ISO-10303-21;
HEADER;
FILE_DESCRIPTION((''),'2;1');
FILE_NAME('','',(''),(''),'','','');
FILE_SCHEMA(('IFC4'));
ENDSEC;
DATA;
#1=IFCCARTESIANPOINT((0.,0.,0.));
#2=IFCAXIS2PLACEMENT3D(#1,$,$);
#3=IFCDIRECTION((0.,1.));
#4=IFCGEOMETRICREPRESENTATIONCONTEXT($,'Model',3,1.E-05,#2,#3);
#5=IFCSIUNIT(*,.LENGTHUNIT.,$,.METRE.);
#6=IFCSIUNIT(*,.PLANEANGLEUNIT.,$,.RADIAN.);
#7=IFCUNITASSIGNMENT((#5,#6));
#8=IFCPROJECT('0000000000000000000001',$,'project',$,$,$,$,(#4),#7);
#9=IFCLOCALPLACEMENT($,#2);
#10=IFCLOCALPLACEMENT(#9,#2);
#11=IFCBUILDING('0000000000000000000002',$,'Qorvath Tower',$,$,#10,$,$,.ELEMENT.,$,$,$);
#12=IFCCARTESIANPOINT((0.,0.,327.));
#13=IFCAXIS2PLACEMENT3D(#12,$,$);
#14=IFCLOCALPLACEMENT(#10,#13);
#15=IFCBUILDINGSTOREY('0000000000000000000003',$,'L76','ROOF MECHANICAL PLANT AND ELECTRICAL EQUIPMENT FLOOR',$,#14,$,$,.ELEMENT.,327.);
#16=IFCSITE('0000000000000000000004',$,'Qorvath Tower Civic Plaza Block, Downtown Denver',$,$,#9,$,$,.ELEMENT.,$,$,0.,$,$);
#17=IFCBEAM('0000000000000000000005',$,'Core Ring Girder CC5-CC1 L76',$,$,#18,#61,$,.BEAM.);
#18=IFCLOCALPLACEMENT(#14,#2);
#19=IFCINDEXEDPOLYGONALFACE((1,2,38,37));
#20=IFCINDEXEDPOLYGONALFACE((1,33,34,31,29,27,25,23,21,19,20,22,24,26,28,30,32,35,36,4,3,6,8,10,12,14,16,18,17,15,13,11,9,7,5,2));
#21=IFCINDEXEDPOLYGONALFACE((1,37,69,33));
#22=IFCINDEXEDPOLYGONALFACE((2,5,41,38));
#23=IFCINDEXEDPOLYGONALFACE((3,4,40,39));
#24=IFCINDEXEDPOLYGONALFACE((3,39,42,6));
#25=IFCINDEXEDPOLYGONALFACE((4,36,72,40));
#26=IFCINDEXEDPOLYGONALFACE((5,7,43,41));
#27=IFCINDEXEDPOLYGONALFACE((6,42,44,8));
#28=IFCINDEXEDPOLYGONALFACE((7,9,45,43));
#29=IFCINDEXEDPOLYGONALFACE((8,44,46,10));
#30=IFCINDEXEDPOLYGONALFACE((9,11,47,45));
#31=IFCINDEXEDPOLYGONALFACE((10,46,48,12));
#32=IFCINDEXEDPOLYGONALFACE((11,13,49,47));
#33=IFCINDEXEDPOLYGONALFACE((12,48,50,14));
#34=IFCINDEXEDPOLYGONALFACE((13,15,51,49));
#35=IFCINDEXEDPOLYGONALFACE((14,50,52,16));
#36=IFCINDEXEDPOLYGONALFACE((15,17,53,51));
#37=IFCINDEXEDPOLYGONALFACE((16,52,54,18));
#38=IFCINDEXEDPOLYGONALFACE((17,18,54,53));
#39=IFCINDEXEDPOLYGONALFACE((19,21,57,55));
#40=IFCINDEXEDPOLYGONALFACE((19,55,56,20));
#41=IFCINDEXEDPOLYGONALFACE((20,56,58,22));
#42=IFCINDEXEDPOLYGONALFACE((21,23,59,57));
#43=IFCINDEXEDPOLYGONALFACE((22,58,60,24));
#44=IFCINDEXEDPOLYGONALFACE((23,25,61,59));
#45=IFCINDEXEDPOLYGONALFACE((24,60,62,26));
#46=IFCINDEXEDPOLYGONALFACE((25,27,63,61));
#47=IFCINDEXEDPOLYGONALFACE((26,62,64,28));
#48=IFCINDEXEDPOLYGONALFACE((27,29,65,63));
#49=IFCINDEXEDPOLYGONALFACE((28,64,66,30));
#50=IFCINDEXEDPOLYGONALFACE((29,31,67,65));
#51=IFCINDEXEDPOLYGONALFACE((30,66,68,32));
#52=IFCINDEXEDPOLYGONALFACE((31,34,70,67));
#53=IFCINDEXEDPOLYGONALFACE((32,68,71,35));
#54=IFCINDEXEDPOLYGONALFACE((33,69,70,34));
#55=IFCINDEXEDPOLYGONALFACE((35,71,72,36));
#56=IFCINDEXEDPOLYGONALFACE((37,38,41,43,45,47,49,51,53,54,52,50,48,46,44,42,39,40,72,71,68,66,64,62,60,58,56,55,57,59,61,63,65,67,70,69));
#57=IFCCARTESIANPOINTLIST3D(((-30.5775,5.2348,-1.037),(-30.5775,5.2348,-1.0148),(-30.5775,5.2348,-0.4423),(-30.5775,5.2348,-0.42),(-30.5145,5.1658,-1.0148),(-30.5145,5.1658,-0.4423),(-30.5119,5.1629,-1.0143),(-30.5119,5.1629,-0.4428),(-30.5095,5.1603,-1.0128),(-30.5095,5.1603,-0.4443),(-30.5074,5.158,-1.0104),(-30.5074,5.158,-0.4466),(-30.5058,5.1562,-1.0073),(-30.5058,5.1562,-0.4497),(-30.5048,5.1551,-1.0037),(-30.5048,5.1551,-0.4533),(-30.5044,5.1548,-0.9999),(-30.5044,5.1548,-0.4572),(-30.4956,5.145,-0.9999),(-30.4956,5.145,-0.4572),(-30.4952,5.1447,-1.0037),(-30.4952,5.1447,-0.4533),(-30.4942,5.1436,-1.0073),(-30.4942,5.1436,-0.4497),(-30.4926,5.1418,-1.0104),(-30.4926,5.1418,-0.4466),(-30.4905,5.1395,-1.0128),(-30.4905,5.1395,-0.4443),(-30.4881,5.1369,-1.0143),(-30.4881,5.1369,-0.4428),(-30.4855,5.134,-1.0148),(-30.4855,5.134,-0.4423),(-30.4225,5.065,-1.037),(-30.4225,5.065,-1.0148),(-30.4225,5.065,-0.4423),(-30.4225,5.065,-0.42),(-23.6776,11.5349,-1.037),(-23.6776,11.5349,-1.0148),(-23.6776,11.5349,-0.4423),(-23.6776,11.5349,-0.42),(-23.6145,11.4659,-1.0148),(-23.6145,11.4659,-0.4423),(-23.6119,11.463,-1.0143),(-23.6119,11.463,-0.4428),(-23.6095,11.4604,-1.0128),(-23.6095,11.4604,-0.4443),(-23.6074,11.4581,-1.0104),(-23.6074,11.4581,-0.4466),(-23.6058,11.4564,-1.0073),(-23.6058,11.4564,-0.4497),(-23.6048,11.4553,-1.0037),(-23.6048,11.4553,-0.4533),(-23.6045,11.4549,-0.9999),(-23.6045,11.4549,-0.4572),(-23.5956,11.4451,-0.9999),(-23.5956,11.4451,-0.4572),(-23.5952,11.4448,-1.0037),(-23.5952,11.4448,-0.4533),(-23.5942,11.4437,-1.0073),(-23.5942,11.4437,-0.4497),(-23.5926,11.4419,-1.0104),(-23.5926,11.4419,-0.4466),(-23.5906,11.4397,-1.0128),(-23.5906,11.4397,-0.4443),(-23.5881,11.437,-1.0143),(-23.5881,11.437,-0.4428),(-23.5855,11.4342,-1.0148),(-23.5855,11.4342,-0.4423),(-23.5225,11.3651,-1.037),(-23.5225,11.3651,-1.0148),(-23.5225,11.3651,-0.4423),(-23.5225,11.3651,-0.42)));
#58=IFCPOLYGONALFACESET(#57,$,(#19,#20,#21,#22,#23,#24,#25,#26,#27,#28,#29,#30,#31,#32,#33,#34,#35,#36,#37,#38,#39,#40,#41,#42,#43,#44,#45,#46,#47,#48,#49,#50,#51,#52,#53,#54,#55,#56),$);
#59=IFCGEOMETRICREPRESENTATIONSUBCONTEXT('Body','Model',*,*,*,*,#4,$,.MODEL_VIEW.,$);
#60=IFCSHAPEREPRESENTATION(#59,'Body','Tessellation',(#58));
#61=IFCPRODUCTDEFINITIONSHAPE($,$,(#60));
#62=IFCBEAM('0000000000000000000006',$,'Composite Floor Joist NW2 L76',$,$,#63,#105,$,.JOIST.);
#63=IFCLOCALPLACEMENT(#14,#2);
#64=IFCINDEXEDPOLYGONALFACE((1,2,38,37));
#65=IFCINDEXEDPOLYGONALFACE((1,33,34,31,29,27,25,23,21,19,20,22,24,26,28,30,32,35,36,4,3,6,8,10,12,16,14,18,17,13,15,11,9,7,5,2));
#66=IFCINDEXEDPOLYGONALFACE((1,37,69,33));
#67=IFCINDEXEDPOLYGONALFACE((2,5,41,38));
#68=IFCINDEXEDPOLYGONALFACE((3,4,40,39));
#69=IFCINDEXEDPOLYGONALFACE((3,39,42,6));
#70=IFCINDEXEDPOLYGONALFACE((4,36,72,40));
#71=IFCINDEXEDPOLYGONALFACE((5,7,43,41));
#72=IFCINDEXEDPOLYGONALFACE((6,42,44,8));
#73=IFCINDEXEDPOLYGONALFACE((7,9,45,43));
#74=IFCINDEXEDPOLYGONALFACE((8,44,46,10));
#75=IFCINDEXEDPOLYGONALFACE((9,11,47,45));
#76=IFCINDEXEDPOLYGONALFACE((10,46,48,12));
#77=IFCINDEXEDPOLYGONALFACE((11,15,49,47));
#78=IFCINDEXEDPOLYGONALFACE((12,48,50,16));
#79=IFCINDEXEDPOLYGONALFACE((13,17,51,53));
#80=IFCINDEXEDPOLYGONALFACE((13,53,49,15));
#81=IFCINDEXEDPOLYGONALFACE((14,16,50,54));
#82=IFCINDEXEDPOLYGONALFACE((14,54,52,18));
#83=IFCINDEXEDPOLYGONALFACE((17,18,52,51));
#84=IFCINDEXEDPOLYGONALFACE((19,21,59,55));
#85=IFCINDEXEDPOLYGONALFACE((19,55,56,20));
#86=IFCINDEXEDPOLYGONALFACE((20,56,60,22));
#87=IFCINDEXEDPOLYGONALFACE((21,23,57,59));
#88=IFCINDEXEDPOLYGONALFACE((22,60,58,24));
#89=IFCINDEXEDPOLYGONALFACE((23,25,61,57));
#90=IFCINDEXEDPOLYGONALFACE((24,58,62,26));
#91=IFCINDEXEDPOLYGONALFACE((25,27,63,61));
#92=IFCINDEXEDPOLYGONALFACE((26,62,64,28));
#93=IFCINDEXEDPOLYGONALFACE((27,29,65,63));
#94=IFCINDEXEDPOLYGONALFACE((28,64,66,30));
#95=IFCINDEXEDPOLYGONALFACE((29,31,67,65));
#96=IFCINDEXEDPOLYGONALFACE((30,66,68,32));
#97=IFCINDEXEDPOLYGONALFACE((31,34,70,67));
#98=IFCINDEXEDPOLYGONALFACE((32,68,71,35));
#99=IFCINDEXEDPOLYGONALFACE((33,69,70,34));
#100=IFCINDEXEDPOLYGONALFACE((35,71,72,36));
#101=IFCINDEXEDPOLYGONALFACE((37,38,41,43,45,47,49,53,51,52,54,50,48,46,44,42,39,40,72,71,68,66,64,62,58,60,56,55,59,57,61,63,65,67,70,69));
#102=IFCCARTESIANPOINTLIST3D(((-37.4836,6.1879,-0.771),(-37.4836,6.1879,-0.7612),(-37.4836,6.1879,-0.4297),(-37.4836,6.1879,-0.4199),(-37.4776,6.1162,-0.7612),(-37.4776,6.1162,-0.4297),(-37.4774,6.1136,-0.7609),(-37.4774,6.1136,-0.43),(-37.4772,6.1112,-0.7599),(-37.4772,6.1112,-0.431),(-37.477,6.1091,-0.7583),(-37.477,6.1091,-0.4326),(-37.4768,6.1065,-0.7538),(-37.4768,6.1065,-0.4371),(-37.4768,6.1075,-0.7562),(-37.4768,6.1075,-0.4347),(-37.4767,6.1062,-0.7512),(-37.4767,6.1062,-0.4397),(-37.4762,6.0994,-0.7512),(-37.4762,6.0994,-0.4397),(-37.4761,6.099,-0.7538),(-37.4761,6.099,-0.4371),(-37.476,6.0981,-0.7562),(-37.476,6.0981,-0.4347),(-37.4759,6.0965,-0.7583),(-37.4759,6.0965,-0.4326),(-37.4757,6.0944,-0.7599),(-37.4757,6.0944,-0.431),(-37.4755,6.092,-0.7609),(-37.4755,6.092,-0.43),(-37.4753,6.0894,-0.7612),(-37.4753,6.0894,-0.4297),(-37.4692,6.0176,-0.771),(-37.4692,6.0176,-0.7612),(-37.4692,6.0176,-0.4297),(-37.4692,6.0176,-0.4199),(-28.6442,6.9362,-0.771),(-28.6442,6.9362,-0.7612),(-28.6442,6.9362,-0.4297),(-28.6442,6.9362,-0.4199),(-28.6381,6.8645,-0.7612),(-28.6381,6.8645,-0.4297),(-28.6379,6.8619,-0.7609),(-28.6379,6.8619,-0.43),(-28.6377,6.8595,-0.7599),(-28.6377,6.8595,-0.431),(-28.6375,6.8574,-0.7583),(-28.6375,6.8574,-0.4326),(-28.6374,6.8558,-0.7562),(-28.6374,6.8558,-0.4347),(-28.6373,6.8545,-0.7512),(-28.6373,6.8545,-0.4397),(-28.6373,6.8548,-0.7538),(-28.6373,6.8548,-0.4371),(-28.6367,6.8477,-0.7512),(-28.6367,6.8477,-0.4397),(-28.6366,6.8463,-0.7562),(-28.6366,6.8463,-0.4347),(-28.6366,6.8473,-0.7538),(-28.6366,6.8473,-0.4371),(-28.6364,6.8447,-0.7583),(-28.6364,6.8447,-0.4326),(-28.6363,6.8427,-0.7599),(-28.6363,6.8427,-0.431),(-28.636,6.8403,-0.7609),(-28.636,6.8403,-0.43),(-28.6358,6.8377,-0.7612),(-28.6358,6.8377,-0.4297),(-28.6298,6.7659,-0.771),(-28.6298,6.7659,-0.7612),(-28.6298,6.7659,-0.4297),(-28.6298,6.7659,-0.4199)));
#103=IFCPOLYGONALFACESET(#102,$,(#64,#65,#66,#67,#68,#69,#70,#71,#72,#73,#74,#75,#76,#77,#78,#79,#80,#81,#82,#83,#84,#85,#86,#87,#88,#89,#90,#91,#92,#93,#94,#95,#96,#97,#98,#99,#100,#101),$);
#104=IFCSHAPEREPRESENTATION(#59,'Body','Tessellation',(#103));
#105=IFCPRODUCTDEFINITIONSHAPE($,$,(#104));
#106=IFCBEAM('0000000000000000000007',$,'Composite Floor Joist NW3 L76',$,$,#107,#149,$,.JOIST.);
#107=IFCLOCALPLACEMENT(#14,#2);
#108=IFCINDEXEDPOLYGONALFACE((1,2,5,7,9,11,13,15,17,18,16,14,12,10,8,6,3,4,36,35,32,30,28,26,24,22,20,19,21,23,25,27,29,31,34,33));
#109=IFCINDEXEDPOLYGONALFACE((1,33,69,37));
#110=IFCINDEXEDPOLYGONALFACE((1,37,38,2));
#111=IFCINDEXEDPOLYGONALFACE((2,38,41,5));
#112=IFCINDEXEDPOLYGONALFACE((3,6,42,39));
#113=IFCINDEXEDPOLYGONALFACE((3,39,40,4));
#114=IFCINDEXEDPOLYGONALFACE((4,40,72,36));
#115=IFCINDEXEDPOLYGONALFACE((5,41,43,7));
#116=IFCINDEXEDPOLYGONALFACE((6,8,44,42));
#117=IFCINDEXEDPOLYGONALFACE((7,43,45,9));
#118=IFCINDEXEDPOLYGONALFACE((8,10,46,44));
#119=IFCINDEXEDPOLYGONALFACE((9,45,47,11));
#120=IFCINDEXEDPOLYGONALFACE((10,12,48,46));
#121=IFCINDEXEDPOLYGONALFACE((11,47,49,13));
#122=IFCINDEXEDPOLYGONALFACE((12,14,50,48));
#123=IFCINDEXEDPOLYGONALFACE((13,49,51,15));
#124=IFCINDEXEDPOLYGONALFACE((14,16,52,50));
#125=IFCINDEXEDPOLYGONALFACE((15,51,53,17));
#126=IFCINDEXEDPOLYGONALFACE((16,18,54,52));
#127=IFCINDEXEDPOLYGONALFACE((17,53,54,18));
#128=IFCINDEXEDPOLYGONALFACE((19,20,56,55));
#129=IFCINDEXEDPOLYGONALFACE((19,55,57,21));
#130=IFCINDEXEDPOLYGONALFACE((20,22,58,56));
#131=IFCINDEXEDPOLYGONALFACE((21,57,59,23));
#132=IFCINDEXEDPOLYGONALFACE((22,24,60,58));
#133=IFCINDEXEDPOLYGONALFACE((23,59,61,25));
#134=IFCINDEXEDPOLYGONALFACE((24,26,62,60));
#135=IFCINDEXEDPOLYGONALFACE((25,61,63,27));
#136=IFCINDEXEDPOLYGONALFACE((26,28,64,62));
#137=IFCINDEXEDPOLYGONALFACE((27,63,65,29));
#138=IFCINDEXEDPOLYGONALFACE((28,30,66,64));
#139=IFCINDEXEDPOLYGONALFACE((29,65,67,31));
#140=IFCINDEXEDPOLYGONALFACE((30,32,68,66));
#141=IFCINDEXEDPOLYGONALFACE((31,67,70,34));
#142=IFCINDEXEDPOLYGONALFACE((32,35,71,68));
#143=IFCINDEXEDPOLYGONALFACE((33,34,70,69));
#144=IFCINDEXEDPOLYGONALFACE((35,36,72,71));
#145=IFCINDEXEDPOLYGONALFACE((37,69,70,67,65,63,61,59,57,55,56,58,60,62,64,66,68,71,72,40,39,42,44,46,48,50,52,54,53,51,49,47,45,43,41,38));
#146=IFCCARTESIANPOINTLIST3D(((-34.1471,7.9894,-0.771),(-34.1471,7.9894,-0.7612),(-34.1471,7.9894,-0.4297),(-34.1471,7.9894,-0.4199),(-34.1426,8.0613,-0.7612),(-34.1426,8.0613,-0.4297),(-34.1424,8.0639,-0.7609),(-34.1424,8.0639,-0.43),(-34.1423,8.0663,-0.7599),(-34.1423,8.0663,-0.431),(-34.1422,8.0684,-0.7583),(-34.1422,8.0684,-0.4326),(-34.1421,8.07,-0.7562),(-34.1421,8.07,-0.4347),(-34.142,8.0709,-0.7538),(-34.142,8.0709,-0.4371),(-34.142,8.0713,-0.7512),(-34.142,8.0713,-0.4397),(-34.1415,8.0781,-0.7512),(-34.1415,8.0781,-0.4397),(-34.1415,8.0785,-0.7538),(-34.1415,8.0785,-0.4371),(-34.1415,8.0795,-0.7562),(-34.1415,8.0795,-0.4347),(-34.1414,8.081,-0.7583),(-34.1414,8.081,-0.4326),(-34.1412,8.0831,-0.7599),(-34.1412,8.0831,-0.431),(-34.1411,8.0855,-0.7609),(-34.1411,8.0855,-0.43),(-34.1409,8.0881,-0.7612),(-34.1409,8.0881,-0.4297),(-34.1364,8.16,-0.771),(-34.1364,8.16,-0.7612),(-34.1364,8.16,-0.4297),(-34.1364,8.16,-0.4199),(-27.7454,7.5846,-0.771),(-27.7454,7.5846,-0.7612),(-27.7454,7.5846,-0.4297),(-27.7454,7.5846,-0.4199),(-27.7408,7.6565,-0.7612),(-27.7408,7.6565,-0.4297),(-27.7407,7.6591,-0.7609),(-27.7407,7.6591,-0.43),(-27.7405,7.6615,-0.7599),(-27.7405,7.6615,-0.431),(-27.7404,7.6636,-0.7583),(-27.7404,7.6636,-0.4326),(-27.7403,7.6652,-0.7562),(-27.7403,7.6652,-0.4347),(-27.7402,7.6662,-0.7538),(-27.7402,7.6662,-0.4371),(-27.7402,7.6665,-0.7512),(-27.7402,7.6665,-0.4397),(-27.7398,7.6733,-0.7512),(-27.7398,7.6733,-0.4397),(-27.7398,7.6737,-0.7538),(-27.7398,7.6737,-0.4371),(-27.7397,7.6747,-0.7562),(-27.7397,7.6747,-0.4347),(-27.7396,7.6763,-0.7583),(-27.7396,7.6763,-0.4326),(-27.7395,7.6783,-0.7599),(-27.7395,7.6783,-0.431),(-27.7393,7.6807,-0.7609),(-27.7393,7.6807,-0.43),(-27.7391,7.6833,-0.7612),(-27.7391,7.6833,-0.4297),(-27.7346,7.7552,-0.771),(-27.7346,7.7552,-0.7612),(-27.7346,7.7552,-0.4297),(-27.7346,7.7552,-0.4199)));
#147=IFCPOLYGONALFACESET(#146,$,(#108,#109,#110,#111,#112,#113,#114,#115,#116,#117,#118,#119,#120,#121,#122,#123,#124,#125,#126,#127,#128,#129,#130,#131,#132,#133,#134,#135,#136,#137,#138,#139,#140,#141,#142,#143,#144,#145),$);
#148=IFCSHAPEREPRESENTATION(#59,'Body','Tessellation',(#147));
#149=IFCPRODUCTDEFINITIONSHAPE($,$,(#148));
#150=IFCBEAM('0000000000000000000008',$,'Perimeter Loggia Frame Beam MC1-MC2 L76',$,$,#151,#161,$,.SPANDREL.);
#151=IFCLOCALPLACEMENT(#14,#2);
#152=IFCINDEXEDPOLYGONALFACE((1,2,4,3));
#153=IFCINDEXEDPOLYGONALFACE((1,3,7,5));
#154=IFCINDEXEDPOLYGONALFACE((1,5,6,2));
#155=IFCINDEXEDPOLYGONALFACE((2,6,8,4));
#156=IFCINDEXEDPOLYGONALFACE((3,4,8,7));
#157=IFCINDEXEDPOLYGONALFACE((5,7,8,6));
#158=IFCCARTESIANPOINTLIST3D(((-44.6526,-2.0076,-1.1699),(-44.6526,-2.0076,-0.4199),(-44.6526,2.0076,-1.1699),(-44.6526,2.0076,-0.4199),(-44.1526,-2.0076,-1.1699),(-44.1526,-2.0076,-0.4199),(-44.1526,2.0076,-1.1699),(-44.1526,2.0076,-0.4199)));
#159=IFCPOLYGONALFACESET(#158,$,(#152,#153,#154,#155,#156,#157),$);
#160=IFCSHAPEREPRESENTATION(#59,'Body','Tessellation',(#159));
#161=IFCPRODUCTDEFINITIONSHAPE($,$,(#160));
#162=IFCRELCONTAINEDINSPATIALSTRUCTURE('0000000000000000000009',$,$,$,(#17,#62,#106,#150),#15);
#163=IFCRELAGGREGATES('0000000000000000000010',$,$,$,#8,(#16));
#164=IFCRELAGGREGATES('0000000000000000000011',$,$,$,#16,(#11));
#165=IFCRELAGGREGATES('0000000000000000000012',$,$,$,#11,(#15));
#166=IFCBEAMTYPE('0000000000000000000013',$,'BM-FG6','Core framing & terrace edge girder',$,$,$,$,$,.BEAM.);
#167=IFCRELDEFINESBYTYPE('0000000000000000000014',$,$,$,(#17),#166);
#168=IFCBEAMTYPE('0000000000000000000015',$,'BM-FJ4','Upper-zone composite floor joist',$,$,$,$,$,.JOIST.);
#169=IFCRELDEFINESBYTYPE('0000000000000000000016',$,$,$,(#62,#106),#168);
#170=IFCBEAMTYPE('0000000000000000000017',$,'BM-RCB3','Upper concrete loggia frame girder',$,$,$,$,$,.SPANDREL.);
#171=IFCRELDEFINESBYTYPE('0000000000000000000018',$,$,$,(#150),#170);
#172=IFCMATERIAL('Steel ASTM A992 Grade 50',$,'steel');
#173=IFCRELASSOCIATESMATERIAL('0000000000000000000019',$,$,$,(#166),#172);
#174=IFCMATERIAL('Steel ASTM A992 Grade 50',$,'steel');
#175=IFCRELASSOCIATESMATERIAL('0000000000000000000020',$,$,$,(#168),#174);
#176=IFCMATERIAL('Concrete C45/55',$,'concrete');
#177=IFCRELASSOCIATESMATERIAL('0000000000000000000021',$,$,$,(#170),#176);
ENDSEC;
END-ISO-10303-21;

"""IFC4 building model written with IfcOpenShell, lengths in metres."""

from ifc_helpers import new_model, si_unit, direction, frame, origin, origin_2d, place, context, subcontext, project, spatial, rectangle, i_section, extrude, material, material_profile, profile_set, type_object, element, save


model = new_model("IFC4")

# Units and contexts
model_context = context("Model", 3, precision=1e-05, world=origin(), true_north=direction((0.0, 1.0)))
body_context = subcontext(model_context, "Body", "Model", "MODEL_VIEW")
ifc_project = project(units=[si_unit("LENGTHUNIT", "METRE"), si_unit("PLANEANGLEUNIT", "RADIAN")], contexts=[model_context])

# Site, building, storey
site_placement = place(None, origin())
site = spatial("IfcSite", under=ifc_project, at=site_placement, Name="Qorvath Tower Civic Plaza Block, Downtown Denver", CompositionType="ELEMENT", RefElevation=0.0)
building_placement = place(site_placement, origin())
building = spatial("IfcBuilding", under=site, at=building_placement, Name="Qorvath Tower", CompositionType="ELEMENT")
storey_placement = place(building_placement, frame((0.0, 0.0, 327.0)))
storey = spatial("IfcBuildingStorey", under=building, at=storey_placement, Name="L76", Description="ROOF MECHANICAL PLANT AND ELECTRICAL EQUIPMENT FLOOR", CompositionType="ELEMENT", Elevation=327.0)

# Beams
ifc_material_1 = material(Name="Steel ASTM A992 Grade 50", Category="steel")
ifc_material_profile_1 = material_profile(ifc_material_1, i_section(OverallWidth=0.23, OverallDepth=0.6169, WebThickness=0.0132, FlangeThickness=0.0222, FilletRadius=0.0149, at=origin_2d()), Name="W24x94")
ifc_profile_set_1 = profile_set([ifc_material_profile_1], Name="Steel ASTM A992 Grade 50")
beam_type_1 = type_object("IfcBeamType", Name="BM-FG6", Description="Core framing & terrace edge girder", PredefinedType="BEAM", material=ifc_profile_set_1)
beam_1_placement = place(storey_placement, frame((-30.5, 5.1499, -0.7285), z_axis=(0.738478, 0.674277, 0.0), x_axis=(-0.674277, 0.738478, 0.0)))
element("IfcBeam", 1, at=beam_1_placement, inside=storey, type_object=beam_type_1, Name="Core Ring Girder CC5-CC1 L76", PredefinedType="BEAM", context=body_context, shape_type="SweptSolid", body=[
    extrude(i_section(OverallWidth=0.23, OverallDepth=0.6169, WebThickness=0.0132, FlangeThickness=0.0222, FilletRadius=0.0149, at=origin_2d()), origin(), (0.0, 0.0, 1.0), 9.3435),
])
ifc_material_2 = material(Name="Steel ASTM A992 Grade 50", Category="steel")
ifc_material_profile_2 = material_profile(ifc_material_2, i_section(OverallWidth=0.1709, OverallDepth=0.3511, WebThickness=0.0068, FlangeThickness=0.0098, FilletRadius=0.01, at=origin_2d()), Name="W14x30")
ifc_profile_set_2 = profile_set([ifc_material_profile_2], Name="Steel ASTM A992 Grade 50")
beam_type_2 = type_object("IfcBeamType", Name="BM-FJ4", Description="Upper-zone composite floor joist", PredefinedType="JOIST", material=ifc_profile_set_2)
beam_2_placement = place(storey_placement, frame((-28.637, 6.8511, -0.5955), z_axis=(-0.996436, -0.08435, 0.0), x_axis=(0.08435, -0.996436, 0.0)))
element("IfcBeam", 2, at=beam_2_placement, inside=storey, type_object=beam_type_2, Name="Composite Floor Joist NW2 L76", PredefinedType="JOIST", context=body_context, shape_type="SweptSolid", body=[
    extrude(i_section(OverallWidth=0.1709, OverallDepth=0.3511, WebThickness=0.0068, FlangeThickness=0.0098, FilletRadius=0.01, at=origin_2d()), origin(), (0.0, 0.0, 1.0), 8.8711),
])
beam_3_placement = place(storey_placement, frame((-27.74, 7.6699, -0.5955), z_axis=(-0.998007, 0.063103, 0.0), x_axis=(-0.063103, -0.998007, 0.0)))
element("IfcBeam", 3, at=beam_3_placement, inside=storey, type_object=beam_type_2, Name="Composite Floor Joist NW3 L76", PredefinedType="JOIST", context=body_context, shape_type="SweptSolid", body=[
    extrude(i_section(OverallWidth=0.1709, OverallDepth=0.3511, WebThickness=0.0068, FlangeThickness=0.0098, FilletRadius=0.01, at=origin_2d()), origin(), (0.0, 0.0, 1.0), 6.4146),
])
ifc_material_3 = material(Name="Concrete C45/55", Category="concrete")
ifc_material_profile_3 = material_profile(ifc_material_3, rectangle(XDim=0.5, YDim=0.75, at=origin_2d()), Name="RCB 750x500")
ifc_profile_set_3 = profile_set([ifc_material_profile_3], Name="Concrete C45/55")
beam_type_3 = type_object("IfcBeamType", Name="BM-RCB3", Description="Upper concrete loggia frame girder", PredefinedType="SPANDREL", material=ifc_profile_set_3)
beam_4_placement = place(storey_placement, frame((-44.4026, 2.0076, -0.7949), z_axis=(0.0, -1.0, 0.0), x_axis=(1.0, 0.0, 0.0)))
element("IfcBeam", 4, at=beam_4_placement, inside=storey, type_object=beam_type_3, Name="Perimeter Loggia Frame Beam MC1-MC2 L76", PredefinedType="SPANDREL", context=body_context, shape_type="SweptSolid", body=[
    extrude(rectangle(XDim=0.5, YDim=0.75, at=origin_2d()), origin(), (0.0, 0.0, 1.0), 4.0151),
])

save(model, "model.ifc")
